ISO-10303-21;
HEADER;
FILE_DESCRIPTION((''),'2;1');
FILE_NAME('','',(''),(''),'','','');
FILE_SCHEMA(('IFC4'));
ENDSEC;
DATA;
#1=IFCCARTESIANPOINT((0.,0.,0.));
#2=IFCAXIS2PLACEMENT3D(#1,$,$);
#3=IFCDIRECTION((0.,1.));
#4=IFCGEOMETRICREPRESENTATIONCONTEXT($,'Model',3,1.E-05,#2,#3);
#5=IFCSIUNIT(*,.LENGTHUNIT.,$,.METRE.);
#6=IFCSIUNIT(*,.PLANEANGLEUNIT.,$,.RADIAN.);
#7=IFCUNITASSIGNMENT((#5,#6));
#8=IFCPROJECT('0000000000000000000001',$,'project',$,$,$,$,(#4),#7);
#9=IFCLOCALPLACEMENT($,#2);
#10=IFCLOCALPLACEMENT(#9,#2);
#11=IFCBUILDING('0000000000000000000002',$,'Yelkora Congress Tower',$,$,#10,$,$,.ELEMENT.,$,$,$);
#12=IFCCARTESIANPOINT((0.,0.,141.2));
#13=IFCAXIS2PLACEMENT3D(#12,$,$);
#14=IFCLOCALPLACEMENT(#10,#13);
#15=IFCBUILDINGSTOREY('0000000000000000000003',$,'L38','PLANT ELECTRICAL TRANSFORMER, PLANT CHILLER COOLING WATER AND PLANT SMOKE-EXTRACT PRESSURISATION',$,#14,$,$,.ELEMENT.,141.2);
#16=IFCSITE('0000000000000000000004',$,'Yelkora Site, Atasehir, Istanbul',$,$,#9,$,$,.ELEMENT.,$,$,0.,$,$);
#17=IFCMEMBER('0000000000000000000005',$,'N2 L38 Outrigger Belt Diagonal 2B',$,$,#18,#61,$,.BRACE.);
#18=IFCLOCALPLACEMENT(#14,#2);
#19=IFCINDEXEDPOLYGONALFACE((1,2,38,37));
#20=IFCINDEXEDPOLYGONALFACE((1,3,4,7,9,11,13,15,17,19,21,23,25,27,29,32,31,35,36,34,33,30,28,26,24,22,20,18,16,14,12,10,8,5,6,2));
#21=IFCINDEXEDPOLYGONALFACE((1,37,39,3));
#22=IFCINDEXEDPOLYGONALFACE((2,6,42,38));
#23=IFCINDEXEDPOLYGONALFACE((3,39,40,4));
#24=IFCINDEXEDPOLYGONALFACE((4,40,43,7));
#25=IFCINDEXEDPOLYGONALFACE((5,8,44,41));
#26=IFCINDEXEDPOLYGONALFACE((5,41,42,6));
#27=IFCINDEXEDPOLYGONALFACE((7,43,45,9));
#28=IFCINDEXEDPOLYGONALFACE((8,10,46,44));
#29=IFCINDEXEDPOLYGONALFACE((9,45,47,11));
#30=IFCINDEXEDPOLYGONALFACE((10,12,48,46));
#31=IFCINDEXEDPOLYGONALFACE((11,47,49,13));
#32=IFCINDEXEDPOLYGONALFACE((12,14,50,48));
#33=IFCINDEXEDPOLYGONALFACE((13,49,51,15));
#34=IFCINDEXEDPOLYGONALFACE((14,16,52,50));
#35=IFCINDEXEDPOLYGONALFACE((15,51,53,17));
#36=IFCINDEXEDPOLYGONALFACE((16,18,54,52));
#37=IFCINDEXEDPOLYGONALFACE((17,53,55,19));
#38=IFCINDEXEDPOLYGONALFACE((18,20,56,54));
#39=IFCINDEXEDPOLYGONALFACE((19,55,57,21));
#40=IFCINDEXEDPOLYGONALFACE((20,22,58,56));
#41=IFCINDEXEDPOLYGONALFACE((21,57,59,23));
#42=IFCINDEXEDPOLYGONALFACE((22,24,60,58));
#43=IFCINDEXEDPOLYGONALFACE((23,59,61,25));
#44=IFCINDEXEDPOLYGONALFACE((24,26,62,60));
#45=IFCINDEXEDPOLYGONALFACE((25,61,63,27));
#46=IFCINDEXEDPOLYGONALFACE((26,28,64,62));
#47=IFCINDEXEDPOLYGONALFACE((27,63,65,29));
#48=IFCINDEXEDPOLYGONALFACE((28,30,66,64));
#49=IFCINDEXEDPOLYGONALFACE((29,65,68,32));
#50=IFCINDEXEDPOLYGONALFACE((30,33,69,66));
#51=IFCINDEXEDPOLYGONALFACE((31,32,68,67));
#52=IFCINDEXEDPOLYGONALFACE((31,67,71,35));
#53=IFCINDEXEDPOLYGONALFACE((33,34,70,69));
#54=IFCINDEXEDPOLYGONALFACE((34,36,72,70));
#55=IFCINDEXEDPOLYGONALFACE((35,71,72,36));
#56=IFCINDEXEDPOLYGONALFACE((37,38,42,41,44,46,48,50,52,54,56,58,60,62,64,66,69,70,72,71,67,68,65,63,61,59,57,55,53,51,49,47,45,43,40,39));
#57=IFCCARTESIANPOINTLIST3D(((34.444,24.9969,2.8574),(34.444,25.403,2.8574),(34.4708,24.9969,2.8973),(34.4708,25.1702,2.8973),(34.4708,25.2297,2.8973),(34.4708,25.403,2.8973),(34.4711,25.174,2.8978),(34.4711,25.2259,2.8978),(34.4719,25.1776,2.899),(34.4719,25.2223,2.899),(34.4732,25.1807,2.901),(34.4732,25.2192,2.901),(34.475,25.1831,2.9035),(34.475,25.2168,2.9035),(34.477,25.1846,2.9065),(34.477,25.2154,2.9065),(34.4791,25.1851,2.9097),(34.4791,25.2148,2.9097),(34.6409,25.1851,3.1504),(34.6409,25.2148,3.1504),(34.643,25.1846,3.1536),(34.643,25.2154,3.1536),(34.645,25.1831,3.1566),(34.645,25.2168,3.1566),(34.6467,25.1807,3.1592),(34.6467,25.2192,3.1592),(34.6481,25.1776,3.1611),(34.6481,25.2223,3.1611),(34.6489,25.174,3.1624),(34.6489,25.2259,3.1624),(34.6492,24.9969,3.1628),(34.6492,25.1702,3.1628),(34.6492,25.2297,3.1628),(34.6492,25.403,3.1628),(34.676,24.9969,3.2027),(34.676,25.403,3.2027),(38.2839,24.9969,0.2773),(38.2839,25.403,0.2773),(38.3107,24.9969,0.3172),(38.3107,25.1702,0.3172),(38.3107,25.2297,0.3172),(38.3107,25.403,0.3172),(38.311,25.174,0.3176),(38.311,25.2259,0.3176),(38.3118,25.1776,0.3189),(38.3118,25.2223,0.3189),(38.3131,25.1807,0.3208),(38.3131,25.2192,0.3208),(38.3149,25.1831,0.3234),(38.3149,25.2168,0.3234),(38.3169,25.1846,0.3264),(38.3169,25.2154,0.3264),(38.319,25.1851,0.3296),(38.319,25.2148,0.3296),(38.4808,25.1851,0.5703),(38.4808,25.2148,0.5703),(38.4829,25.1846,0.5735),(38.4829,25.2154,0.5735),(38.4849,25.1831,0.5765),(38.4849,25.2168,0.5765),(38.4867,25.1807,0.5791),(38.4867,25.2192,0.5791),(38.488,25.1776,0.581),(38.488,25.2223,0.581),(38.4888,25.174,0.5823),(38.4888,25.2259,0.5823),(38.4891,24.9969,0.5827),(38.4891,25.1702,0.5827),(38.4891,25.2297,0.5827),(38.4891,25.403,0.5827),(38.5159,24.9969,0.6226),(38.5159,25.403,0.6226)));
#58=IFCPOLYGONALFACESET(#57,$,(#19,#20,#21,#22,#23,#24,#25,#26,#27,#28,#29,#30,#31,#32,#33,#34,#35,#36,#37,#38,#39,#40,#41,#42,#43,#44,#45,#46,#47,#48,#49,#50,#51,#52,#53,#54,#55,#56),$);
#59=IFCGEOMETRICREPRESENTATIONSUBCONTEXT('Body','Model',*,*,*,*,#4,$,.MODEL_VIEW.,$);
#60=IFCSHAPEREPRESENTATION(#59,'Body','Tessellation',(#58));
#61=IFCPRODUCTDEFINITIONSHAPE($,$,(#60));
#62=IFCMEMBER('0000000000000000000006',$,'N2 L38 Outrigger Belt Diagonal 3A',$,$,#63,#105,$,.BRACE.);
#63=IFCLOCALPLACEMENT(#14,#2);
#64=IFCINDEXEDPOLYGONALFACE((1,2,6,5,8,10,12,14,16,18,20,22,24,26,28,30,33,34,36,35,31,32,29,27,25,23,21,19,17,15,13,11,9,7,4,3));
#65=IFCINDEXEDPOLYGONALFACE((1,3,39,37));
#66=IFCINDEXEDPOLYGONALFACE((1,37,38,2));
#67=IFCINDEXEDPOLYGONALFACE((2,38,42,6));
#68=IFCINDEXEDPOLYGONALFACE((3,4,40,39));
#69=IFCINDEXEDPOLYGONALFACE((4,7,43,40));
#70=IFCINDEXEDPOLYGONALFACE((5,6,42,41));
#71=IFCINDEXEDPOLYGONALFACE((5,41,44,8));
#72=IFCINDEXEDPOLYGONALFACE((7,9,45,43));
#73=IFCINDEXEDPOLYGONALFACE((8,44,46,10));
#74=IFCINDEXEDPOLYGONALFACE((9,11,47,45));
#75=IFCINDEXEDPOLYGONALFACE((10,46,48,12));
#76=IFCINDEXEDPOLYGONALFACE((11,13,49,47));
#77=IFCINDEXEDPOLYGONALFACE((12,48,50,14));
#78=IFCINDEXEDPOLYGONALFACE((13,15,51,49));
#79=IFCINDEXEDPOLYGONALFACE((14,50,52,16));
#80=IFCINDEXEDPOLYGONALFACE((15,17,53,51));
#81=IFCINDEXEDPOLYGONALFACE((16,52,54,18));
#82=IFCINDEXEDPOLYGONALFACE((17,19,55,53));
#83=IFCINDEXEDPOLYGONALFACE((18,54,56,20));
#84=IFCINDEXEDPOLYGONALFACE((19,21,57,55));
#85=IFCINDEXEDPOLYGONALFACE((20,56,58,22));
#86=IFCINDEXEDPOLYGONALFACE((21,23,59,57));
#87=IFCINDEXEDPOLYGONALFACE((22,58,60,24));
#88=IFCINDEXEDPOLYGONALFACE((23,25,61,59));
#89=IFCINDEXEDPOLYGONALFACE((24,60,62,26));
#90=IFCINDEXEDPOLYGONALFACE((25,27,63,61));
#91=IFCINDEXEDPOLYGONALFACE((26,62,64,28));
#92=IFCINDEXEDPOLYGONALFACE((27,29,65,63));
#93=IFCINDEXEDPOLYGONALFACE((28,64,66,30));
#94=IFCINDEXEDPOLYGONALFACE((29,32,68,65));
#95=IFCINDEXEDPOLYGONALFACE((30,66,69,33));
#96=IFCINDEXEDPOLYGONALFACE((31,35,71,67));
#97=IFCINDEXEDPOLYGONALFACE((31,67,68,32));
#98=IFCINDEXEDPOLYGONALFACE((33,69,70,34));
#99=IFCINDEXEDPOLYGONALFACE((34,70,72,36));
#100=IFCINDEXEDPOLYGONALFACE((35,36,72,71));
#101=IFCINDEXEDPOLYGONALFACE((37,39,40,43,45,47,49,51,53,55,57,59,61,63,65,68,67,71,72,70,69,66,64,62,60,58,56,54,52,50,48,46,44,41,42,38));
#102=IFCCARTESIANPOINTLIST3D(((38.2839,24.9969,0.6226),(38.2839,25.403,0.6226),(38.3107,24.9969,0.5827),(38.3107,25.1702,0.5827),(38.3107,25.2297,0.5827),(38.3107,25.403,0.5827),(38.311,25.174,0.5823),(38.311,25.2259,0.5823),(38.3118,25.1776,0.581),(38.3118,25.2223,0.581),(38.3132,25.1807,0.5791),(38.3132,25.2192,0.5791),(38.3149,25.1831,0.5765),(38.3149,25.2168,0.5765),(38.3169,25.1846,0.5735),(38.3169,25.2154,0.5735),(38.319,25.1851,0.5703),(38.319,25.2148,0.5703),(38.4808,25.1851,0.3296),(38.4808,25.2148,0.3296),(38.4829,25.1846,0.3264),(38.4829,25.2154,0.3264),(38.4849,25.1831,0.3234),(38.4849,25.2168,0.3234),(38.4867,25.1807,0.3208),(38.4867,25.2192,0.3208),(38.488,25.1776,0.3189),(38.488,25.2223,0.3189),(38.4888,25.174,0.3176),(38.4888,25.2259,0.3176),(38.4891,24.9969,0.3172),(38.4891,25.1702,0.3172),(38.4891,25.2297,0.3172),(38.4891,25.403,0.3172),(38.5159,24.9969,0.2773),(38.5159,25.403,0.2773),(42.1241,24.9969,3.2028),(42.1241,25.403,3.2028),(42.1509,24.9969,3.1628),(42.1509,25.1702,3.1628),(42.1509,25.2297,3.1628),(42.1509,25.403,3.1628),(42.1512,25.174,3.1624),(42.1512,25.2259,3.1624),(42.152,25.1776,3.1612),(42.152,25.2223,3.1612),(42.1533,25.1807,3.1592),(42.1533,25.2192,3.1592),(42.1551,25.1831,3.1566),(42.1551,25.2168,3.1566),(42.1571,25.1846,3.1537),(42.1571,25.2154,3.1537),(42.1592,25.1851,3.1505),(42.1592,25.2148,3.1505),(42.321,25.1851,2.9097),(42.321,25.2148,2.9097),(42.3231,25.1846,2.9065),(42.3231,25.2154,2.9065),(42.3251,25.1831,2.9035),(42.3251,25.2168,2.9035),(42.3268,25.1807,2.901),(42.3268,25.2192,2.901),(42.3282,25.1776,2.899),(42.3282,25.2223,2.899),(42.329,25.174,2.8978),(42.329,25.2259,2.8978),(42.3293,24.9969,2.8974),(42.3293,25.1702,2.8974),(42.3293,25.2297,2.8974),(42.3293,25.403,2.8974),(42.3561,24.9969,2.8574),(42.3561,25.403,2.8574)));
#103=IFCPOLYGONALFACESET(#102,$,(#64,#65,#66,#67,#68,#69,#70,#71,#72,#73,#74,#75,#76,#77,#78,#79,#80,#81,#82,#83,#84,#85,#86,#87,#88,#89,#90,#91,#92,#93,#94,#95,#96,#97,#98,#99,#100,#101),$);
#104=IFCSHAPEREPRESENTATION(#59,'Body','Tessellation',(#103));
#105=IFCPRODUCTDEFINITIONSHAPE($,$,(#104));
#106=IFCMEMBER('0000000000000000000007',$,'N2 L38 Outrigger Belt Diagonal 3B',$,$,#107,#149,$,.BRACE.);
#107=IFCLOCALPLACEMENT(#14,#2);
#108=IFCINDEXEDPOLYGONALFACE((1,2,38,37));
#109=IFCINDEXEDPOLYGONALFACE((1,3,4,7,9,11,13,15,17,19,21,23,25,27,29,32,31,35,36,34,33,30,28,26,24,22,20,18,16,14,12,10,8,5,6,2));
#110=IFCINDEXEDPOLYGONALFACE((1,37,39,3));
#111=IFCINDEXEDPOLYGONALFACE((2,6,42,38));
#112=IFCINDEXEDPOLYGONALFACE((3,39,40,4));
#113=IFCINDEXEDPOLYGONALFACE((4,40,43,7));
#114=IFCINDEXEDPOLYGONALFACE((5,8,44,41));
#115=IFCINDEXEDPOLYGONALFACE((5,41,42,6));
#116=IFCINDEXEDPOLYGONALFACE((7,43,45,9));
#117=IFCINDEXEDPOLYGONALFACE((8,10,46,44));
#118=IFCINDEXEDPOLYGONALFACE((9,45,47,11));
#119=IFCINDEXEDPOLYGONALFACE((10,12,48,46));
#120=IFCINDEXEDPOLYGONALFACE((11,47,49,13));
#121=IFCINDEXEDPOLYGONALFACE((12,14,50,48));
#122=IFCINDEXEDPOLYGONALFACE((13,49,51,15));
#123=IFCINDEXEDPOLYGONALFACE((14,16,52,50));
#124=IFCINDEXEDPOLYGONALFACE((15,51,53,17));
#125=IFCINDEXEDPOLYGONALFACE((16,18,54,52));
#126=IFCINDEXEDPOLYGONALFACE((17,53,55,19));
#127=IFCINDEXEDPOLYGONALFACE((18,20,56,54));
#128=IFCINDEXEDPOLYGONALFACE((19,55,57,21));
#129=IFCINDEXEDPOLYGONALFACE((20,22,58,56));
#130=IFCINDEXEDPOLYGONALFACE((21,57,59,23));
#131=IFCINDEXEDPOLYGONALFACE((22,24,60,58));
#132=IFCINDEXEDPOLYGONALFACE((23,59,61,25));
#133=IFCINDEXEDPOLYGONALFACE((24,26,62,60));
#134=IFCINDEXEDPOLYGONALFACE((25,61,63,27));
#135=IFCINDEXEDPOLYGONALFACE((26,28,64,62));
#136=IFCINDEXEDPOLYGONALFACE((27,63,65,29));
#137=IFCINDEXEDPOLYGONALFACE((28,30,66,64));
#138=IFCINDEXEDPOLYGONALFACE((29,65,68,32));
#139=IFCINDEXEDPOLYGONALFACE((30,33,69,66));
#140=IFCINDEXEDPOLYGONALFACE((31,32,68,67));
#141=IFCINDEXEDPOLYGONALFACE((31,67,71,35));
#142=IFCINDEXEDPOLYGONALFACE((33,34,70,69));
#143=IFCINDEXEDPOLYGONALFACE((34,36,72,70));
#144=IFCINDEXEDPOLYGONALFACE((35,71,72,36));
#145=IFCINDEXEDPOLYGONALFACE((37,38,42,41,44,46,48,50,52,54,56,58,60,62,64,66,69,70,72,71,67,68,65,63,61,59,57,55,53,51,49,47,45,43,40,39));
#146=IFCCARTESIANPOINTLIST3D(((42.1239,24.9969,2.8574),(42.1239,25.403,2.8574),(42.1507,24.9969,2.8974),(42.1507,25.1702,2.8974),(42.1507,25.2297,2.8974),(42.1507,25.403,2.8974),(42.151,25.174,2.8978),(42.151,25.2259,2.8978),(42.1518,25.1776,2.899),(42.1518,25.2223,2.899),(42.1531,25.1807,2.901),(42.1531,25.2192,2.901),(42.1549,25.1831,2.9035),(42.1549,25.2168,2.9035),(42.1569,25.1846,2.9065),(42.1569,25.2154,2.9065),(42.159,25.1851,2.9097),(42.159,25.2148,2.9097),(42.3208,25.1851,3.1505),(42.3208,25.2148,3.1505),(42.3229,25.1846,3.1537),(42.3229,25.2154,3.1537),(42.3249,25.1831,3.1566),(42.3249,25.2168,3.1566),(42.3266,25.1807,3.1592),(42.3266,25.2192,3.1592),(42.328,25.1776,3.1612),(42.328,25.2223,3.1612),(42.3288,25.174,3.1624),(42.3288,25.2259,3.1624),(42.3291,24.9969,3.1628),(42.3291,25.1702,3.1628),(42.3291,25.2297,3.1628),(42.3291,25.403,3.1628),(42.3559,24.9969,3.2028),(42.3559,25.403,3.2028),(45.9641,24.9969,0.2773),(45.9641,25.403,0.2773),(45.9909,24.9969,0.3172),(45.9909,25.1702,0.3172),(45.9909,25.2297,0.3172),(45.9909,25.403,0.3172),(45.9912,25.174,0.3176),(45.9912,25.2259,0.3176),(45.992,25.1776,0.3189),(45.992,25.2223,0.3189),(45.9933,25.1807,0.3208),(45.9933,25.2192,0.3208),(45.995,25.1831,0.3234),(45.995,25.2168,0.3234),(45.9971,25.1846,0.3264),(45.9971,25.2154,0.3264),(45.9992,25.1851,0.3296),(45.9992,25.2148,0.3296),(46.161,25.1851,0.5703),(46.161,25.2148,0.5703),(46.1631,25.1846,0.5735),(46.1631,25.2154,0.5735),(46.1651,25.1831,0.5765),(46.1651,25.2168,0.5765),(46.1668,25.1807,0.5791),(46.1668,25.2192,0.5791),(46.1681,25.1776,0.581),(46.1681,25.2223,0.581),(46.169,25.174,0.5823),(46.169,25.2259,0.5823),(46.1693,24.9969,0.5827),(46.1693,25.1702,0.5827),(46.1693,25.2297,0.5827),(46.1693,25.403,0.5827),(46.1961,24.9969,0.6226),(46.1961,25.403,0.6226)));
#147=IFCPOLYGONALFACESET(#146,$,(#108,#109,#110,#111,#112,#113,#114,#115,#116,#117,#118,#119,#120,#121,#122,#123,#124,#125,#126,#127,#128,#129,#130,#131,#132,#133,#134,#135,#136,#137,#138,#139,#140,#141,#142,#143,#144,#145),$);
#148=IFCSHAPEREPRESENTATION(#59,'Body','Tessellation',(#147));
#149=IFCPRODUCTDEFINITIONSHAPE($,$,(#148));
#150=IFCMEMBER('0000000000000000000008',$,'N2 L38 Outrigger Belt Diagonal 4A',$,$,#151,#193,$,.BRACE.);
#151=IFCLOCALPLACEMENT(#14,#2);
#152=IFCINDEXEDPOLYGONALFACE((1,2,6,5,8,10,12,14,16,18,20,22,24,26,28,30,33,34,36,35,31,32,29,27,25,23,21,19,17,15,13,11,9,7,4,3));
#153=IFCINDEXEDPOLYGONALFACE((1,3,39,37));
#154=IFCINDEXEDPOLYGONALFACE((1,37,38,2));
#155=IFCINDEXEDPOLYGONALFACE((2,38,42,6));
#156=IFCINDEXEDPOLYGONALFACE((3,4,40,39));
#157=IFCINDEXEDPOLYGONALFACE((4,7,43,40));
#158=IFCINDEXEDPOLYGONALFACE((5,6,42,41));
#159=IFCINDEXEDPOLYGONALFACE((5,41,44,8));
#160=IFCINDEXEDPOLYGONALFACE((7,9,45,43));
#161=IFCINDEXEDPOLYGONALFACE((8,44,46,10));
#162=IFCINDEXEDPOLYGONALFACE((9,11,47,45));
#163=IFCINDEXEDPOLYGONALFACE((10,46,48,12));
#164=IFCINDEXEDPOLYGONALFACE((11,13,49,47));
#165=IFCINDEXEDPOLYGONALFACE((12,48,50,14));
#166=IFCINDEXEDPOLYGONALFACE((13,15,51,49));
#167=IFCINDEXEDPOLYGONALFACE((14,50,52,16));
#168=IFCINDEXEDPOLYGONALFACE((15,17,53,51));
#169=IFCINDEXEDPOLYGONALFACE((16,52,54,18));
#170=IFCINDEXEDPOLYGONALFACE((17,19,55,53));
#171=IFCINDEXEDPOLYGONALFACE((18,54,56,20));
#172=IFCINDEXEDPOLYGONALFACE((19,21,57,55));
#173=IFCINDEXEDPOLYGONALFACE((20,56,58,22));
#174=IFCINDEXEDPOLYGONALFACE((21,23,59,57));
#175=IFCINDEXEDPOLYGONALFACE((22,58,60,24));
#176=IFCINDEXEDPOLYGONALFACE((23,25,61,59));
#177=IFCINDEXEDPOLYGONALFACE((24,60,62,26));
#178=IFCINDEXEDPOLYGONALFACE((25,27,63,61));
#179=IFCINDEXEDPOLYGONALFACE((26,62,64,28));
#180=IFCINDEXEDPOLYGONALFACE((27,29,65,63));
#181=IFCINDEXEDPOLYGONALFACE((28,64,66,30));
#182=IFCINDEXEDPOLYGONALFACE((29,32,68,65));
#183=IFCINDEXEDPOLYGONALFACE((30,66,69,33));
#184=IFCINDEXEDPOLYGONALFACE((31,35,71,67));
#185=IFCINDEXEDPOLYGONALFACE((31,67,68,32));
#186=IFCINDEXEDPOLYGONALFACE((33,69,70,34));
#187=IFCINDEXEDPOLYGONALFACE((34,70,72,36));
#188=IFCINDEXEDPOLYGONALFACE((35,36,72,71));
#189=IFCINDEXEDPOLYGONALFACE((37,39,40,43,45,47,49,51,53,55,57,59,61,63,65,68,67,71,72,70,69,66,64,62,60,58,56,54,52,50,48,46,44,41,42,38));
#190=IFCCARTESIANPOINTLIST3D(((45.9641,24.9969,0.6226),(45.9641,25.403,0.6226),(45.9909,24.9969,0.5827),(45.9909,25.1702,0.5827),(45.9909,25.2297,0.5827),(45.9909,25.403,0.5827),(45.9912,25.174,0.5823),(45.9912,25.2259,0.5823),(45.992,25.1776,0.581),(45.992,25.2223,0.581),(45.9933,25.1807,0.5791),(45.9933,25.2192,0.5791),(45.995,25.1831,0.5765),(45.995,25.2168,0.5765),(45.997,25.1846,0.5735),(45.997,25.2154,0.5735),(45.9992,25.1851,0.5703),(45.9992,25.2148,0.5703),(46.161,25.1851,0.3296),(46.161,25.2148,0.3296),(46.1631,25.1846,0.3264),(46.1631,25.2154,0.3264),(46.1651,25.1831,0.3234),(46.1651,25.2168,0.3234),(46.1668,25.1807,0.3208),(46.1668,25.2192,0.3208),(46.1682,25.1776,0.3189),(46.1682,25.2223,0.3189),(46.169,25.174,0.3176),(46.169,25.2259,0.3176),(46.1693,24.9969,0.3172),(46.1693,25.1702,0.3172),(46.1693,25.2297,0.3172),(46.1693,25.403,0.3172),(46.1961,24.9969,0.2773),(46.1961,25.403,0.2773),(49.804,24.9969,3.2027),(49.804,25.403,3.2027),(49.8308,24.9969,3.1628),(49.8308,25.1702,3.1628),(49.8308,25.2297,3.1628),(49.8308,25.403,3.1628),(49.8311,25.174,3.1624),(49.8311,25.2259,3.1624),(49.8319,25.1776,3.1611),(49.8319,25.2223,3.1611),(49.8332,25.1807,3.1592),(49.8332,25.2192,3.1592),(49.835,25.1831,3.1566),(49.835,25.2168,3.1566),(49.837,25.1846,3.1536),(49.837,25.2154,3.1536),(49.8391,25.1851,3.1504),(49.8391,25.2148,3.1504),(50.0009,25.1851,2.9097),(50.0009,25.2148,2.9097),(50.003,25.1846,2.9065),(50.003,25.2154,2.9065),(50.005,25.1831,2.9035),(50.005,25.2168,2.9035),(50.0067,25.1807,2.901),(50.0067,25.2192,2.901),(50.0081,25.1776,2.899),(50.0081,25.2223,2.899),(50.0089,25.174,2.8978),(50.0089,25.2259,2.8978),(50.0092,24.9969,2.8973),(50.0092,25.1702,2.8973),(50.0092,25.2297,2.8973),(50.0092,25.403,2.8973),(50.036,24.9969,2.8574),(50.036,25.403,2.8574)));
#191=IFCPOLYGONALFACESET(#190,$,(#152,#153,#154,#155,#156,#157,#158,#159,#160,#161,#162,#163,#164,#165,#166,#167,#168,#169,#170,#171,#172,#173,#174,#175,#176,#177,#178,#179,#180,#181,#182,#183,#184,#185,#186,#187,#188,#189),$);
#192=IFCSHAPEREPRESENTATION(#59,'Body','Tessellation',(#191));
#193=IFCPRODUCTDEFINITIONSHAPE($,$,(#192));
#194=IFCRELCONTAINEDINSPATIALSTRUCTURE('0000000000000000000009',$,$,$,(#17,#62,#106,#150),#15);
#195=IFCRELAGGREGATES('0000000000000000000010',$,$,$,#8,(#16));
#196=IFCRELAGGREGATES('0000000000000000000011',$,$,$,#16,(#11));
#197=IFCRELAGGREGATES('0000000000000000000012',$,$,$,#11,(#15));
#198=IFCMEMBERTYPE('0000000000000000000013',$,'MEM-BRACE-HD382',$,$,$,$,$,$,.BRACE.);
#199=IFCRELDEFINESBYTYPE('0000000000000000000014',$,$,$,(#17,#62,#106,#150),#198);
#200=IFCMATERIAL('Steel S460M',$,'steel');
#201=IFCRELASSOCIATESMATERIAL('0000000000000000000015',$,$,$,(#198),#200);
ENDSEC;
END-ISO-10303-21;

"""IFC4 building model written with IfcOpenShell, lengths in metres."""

from ifc_helpers import new_model, si_unit, direction, frame, origin, origin_2d, place, context, subcontext, project, spatial, i_section, extrude, material, material_profile, profile_set, type_object, element, save


model = new_model("IFC4")

# Units and contexts
model_context = context("Model", 3, precision=1e-05, world=origin(), true_north=direction((0.0, 1.0)))
body_context = subcontext(model_context, "Body", "Model", "MODEL_VIEW")
ifc_project = project(units=[si_unit("LENGTHUNIT", "METRE"), si_unit("PLANEANGLEUNIT", "RADIAN")], contexts=[model_context])

# Site, building, storey
site_placement = place(None, origin())
site = spatial("IfcSite", under=ifc_project, at=site_placement, Name="Yelkora Site, Atasehir, Istanbul", CompositionType="ELEMENT", RefElevation=0.0)
building_placement = place(site_placement, origin())
building = spatial("IfcBuilding", under=site, at=building_placement, Name="Yelkora Congress Tower", CompositionType="ELEMENT")
storey_placement = place(building_placement, frame((0.0, 0.0, 141.2)))
storey = spatial("IfcBuildingStorey", under=building, at=storey_placement, Name="L38", Description="PLANT ELECTRICAL TRANSFORMER, PLANT CHILLER COOLING WATER AND PLANT SMOKE-EXTRACT PRESSURISATION", CompositionType="ELEMENT", Elevation=141.2)

# Shared definitions
ifc_material_1 = material(Name="Steel S460M", Category="steel")

# Members
ifc_material_profile_1 = material_profile(ifc_material_1, i_section(OverallWidth=0.406, OverallDepth=0.416, WebThickness=0.0298, FlangeThickness=0.0481, FilletRadius=0.0149, at=origin_2d()), Name="HD 400x382")
ifc_profile_set_1 = profile_set([ifc_material_profile_1], Name="Steel S460M")
member_type_1 = type_object("IfcMemberType", Name="MEM-BRACE-HD382", PredefinedType="BRACE", material=ifc_profile_set_1)
member_1_placement = place(storey_placement, frame((38.3999, 25.2, 0.45), z_axis=(-0.830031, 0.0, 0.557717), x_axis=(0.0, -1.0, 0.0)))
element("IfcMember", 1, at=member_1_placement, inside=storey, type_object=member_type_1, Name="N2 L38 Outrigger Belt Diagonal 2B", PredefinedType="BRACE", context=body_context, shape_type="SweptSolid", body=[
    extrude(i_section(OverallWidth=0.406, OverallDepth=0.416, WebThickness=0.0298, FlangeThickness=0.0481, FilletRadius=0.0149, at=origin_2d()), origin(), (0.0, 0.0, 1.0), 4.6262),
])
for number, where, z_axis, x_axis, name in (
    (2, (38.3999, 25.2, 0.45), (0.830048, 0.0, 0.557692), (0.0, 1.0, 0.0), "N2 L38 Outrigger Belt Diagonal 3A"),
    (3, (46.0801, 25.2, 0.45), (-0.830048, 0.0, 0.557692), (0.0, -1.0, 0.0), "N2 L38 Outrigger Belt Diagonal 3B"),
):
    element("IfcMember", number, at=place(storey_placement, frame(where, z_axis=z_axis, x_axis=x_axis)), inside=storey, type_object=member_type_1, Name=name, PredefinedType="BRACE", context=body_context, shape_type="SweptSolid", body=[
        extrude(i_section(OverallWidth=0.406, OverallDepth=0.416, WebThickness=0.0298, FlangeThickness=0.0481, FilletRadius=0.0149, at=origin_2d()), origin(), (0.0, 0.0, 1.0), 4.6265),
    ])
member_2_placement = place(storey_placement, frame((46.0801, 25.2, 0.45), z_axis=(0.830031, 0.0, 0.557717), x_axis=(0.0, 1.0, 0.0)))
element("IfcMember", 4, at=member_2_placement, inside=storey, type_object=member_type_1, Name="N2 L38 Outrigger Belt Diagonal 4A", PredefinedType="BRACE", context=body_context, shape_type="SweptSolid", body=[
    extrude(i_section(OverallWidth=0.406, OverallDepth=0.416, WebThickness=0.0298, FlangeThickness=0.0481, FilletRadius=0.0149, at=origin_2d()), origin(), (0.0, 0.0, 1.0), 4.6262),
])

save(model, "model.ifc")
